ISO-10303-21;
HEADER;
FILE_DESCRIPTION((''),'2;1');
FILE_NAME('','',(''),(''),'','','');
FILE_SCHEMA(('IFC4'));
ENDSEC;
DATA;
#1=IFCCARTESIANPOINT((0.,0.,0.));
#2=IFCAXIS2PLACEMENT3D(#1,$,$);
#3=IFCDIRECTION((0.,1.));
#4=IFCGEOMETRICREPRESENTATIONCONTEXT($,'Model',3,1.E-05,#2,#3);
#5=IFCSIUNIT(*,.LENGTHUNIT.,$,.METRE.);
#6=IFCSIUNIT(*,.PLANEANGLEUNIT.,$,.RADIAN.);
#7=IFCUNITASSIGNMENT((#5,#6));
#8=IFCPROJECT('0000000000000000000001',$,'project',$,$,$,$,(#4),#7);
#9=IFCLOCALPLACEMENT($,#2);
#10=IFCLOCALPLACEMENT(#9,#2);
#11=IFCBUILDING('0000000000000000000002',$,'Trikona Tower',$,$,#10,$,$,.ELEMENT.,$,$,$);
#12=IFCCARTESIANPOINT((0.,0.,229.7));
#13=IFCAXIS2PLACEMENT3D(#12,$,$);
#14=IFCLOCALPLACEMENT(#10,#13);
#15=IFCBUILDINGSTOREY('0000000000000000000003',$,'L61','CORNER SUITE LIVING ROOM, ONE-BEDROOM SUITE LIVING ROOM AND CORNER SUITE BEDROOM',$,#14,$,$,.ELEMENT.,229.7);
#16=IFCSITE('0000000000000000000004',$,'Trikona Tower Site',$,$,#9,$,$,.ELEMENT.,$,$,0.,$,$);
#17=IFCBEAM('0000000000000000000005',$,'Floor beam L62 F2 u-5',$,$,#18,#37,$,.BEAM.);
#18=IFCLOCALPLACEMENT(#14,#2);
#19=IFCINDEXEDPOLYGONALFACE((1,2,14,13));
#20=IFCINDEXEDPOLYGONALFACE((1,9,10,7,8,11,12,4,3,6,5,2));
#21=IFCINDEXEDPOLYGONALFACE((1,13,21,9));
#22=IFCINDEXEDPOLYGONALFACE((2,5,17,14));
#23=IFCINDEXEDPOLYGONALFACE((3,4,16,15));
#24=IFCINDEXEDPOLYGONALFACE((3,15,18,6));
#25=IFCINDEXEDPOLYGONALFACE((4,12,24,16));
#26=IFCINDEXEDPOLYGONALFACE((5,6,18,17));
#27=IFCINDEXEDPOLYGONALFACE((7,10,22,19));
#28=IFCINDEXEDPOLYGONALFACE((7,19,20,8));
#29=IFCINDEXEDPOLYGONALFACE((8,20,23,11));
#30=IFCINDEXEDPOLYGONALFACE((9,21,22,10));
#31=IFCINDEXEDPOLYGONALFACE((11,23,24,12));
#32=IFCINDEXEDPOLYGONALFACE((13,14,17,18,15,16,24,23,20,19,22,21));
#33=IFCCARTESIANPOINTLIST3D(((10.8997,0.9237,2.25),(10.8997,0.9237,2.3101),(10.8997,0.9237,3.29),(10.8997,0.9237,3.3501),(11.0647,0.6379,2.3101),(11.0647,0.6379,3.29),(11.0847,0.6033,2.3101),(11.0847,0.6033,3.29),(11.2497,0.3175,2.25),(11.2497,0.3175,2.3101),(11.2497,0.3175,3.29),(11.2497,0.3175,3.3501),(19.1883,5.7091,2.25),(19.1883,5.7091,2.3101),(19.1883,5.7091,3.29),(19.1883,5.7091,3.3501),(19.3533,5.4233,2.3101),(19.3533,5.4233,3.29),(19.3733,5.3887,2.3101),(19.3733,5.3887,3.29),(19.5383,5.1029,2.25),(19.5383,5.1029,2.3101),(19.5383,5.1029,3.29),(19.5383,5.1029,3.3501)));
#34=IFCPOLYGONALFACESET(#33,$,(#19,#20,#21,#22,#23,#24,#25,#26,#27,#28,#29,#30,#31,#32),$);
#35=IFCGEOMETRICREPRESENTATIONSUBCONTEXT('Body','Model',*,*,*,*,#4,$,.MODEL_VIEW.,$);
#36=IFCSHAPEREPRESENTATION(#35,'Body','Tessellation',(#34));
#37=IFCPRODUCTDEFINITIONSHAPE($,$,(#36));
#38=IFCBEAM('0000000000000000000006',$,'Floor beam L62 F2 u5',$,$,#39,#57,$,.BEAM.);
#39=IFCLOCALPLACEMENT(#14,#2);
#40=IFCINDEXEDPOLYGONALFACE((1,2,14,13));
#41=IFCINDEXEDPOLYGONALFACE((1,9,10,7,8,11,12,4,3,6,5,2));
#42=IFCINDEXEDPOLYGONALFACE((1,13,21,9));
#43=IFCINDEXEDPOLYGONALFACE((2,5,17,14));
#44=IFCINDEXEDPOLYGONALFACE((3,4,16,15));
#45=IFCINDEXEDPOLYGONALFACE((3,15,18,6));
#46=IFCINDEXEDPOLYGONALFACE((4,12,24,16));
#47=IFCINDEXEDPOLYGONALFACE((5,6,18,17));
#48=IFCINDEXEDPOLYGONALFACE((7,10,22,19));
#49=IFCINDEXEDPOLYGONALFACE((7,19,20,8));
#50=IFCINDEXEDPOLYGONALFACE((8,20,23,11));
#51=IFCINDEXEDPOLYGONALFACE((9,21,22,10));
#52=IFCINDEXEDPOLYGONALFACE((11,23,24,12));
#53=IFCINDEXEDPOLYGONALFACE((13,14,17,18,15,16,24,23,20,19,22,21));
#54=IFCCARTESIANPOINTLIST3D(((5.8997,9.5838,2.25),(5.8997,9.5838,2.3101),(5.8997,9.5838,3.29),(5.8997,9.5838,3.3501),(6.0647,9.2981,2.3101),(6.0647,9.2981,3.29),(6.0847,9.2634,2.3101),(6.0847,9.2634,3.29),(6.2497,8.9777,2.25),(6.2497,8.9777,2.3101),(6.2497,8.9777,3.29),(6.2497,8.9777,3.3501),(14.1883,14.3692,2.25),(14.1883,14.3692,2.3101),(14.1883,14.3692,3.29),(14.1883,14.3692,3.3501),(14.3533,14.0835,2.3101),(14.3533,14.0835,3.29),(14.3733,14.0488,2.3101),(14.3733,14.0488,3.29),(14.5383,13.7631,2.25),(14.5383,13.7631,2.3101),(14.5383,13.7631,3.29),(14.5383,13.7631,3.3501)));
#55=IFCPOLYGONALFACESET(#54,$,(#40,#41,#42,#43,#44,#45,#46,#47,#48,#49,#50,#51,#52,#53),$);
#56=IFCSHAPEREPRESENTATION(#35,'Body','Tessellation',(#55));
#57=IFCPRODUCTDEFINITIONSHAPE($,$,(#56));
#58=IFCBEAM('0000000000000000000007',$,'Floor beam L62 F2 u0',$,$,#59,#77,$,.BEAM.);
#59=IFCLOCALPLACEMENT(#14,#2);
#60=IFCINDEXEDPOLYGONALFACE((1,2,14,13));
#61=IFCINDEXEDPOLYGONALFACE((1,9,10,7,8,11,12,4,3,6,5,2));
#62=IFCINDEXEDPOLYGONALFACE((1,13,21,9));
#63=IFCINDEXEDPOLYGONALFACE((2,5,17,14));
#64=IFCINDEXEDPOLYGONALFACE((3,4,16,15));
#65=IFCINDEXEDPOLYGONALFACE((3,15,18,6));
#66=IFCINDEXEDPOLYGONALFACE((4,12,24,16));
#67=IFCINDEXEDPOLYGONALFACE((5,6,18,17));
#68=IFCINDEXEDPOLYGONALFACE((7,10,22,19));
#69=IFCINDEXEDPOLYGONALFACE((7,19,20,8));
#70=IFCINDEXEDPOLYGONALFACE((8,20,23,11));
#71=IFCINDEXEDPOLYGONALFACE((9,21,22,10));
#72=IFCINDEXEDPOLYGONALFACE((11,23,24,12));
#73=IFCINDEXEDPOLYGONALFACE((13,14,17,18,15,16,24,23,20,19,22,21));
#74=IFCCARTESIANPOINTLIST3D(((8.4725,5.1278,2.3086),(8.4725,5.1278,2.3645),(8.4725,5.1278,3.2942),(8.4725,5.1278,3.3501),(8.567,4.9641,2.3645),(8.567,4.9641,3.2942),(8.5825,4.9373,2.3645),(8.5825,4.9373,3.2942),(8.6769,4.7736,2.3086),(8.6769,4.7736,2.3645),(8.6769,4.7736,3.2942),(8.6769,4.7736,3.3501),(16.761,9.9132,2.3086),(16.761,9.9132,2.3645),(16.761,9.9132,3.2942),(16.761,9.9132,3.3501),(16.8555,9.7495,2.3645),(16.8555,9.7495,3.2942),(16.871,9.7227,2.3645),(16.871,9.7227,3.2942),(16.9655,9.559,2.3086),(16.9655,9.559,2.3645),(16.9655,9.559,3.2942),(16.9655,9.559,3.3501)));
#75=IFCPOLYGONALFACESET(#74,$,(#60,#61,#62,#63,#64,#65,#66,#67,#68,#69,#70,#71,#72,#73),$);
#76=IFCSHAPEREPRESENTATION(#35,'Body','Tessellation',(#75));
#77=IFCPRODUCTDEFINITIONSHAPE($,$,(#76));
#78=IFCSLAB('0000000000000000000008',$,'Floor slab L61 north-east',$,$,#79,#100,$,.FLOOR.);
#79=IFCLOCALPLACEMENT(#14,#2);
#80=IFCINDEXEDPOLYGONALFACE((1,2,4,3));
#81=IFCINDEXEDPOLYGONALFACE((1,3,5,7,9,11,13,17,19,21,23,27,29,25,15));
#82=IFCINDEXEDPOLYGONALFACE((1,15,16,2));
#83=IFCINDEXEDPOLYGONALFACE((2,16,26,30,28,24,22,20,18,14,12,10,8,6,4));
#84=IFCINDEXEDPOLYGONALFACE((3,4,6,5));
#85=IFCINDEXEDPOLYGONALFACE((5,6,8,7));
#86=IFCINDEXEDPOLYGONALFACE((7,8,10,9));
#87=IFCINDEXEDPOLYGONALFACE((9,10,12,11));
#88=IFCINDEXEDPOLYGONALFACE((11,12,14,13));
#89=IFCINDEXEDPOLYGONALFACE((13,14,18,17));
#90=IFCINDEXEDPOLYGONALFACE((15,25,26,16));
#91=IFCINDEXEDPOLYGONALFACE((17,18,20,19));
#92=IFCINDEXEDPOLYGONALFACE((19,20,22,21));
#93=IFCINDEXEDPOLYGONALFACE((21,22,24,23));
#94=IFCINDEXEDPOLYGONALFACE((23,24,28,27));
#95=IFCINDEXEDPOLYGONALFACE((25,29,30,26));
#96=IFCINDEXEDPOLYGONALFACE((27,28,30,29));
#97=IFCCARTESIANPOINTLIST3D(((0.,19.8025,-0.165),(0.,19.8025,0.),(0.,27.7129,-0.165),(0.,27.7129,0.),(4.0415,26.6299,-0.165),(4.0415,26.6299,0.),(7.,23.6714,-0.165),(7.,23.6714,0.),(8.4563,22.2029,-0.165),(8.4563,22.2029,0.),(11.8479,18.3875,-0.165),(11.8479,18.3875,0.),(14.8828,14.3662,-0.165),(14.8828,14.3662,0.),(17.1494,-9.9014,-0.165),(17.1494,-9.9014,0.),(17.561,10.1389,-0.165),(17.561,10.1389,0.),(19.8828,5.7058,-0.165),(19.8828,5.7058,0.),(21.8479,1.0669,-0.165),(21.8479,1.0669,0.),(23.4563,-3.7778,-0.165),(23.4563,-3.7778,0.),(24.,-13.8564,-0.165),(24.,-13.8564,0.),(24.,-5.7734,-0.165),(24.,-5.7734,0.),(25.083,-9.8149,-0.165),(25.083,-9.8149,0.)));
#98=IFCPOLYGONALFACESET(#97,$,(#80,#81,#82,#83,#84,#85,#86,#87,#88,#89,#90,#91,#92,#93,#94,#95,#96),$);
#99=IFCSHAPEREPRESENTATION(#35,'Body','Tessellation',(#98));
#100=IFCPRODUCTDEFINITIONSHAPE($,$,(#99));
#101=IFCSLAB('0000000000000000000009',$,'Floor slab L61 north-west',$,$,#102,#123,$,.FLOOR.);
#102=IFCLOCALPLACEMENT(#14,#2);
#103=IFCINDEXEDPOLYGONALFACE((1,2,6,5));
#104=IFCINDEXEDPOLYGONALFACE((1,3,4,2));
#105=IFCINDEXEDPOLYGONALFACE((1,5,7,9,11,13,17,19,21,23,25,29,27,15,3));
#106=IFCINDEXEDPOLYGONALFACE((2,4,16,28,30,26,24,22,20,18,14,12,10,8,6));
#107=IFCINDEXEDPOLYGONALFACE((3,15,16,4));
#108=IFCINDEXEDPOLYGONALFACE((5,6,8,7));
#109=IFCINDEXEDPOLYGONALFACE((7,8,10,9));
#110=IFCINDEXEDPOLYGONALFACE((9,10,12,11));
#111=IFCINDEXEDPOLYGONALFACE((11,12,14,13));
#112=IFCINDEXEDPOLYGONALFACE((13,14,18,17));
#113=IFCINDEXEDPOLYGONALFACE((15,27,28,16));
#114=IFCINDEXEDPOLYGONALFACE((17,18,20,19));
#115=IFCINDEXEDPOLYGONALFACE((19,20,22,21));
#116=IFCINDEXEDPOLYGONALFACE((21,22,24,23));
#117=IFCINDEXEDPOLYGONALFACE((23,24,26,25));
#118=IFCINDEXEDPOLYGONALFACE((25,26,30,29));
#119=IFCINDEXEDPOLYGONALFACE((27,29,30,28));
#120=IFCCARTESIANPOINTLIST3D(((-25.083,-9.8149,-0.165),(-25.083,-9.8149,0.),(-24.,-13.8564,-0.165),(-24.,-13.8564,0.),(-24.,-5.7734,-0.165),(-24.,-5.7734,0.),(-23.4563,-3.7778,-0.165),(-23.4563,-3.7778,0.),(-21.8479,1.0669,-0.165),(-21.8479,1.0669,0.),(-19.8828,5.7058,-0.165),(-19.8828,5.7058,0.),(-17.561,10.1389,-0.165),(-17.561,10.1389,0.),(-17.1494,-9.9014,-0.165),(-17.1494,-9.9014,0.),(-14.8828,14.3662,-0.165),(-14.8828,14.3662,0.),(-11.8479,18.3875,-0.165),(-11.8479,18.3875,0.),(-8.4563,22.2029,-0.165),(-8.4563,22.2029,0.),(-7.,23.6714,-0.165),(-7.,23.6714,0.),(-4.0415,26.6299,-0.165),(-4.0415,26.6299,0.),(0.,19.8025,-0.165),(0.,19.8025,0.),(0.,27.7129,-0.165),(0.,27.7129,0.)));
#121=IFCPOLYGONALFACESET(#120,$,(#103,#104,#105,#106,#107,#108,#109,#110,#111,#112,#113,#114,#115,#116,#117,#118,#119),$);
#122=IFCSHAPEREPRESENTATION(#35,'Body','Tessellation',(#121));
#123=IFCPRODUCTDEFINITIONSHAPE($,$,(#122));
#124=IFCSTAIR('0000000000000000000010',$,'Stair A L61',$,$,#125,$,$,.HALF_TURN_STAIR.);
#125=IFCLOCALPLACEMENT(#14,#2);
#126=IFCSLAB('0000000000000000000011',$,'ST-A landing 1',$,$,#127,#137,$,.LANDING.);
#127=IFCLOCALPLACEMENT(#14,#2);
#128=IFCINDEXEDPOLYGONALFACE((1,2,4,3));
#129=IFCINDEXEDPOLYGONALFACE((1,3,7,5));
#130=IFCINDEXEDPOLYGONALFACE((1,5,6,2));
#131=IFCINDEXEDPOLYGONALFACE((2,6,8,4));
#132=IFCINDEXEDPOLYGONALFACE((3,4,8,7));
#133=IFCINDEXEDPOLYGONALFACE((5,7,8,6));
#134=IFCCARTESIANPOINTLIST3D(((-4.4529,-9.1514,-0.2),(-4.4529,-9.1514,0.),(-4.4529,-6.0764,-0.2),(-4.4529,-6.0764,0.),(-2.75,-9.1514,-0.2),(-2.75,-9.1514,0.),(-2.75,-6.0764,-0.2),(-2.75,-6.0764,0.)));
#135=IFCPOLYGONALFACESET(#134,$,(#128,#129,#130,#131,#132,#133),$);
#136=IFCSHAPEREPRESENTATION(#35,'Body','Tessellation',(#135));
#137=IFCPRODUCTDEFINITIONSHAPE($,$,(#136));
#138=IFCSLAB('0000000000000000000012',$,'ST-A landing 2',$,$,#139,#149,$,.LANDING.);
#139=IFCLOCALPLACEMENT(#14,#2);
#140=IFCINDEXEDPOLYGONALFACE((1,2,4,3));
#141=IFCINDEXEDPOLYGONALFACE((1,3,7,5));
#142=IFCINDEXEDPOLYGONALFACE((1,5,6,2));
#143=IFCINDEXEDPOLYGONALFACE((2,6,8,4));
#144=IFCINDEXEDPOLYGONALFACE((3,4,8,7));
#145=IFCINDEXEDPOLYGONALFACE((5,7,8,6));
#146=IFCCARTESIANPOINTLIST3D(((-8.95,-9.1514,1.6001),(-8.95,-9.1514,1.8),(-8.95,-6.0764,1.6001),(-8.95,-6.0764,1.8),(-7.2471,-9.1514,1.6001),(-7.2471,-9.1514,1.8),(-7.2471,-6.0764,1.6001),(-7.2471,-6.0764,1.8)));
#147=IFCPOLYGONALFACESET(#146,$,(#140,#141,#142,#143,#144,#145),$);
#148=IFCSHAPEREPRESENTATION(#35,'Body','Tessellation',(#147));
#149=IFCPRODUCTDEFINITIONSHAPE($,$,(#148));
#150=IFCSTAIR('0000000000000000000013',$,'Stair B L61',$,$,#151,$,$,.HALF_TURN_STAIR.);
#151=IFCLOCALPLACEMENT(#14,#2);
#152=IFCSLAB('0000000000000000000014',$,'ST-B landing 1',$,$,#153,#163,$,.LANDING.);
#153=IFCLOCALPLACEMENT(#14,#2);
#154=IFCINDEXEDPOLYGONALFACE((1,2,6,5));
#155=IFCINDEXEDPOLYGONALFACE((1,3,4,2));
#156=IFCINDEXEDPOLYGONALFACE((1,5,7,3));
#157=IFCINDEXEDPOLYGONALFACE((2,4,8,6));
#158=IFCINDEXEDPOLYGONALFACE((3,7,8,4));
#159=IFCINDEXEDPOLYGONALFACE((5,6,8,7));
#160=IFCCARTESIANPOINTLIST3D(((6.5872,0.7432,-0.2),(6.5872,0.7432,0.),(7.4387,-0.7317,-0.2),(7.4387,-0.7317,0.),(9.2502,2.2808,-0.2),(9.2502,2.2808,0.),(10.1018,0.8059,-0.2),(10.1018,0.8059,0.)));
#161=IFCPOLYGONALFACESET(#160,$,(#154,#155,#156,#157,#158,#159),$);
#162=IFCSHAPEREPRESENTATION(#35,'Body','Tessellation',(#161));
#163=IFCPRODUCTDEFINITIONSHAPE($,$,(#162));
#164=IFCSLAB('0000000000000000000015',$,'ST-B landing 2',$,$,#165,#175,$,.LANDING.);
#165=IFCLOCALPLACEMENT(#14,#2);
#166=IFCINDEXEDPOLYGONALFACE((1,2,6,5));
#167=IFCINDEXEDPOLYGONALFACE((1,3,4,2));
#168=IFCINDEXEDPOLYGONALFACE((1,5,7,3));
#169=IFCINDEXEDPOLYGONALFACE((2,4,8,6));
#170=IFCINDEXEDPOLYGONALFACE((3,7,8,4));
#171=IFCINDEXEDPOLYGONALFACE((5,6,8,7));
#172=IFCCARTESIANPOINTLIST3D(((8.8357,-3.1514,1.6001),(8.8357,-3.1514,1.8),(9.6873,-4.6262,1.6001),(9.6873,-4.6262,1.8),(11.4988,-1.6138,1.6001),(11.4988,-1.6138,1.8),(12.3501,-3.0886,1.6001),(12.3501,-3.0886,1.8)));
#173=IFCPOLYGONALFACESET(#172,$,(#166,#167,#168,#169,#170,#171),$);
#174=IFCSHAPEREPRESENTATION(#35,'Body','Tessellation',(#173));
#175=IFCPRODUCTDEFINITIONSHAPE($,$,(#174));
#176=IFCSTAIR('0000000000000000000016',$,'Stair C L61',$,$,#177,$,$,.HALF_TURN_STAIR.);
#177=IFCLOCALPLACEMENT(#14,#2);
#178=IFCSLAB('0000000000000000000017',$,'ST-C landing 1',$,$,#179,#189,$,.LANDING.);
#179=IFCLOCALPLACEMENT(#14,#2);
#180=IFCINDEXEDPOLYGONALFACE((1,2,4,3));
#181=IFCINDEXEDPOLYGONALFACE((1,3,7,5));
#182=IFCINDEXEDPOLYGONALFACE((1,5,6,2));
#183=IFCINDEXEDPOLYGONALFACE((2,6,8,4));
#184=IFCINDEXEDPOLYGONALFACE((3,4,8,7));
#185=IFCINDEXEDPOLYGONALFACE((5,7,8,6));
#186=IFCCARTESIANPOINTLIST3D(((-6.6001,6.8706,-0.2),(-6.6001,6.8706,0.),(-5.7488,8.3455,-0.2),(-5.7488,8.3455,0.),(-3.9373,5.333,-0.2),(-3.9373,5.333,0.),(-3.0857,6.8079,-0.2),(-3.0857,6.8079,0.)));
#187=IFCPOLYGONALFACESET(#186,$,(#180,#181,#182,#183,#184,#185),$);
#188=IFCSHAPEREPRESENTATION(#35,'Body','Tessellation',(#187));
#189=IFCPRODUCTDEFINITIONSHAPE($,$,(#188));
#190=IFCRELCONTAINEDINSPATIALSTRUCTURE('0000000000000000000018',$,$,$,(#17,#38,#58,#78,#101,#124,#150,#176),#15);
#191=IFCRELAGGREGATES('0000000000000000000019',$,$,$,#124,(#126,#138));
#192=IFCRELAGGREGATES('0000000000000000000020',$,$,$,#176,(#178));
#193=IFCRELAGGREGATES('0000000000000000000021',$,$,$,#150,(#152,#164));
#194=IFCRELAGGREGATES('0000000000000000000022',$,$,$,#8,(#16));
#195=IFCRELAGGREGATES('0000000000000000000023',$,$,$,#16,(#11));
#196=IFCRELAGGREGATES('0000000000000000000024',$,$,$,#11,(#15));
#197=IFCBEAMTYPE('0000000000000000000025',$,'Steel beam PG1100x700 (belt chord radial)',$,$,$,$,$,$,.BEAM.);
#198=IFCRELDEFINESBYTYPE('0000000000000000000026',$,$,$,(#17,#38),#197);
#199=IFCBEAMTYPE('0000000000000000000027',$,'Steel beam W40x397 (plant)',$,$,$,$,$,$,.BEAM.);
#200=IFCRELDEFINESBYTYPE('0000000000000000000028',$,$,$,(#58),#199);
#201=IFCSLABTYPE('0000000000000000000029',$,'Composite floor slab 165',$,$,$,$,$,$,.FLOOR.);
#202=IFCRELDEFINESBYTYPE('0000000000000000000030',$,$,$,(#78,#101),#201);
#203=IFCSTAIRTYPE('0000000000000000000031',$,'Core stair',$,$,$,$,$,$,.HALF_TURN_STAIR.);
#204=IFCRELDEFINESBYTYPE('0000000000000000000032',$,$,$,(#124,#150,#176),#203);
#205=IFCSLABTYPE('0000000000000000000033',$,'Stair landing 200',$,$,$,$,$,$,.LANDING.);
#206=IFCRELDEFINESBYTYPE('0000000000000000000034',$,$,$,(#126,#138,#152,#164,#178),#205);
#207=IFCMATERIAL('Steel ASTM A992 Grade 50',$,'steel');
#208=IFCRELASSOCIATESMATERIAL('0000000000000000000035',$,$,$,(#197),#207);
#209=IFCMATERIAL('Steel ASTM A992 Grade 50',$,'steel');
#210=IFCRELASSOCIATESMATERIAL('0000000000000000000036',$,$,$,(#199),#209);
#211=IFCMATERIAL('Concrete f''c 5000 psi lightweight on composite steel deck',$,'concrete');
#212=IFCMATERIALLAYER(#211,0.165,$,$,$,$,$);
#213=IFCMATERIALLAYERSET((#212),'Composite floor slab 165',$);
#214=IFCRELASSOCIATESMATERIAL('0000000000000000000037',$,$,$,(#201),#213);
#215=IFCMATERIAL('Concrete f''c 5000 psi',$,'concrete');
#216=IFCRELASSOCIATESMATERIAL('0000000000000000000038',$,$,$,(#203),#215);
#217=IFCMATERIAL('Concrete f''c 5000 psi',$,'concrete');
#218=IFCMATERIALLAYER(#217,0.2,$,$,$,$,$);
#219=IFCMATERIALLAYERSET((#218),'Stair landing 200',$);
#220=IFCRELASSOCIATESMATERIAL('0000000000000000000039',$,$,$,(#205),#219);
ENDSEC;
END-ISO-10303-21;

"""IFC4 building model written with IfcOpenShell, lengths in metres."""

from ifc_helpers import new_model, si_unit, direction, frame, origin, origin_2d, place, context, subcontext, project, spatial, polyline, i_section, outline, extrude, material, layer, layer_set, material_profile, profile_set, type_object, element, aggregate, save


model = new_model("IFC4")

# Units and contexts
model_context = context("Model", 3, precision=1e-05, world=origin(), true_north=direction((0.0, 1.0)))
body_context = subcontext(model_context, "Body", "Model", "MODEL_VIEW")
ifc_project = project(units=[si_unit("LENGTHUNIT", "METRE"), si_unit("PLANEANGLEUNIT", "RADIAN")], contexts=[model_context])

# Site, building, storey
site_placement = place(None, origin())
site = spatial("IfcSite", under=ifc_project, at=site_placement, Name="Trikona Tower Site", CompositionType="ELEMENT", RefElevation=0.0)
building_placement = place(site_placement, origin())
building = spatial("IfcBuilding", under=site, at=building_placement, Name="Trikona Tower", CompositionType="ELEMENT")
storey_placement = place(building_placement, frame((0.0, 0.0, 229.7)))
storey = spatial("IfcBuildingStorey", under=building, at=storey_placement, Name="L61", Description="CORNER SUITE LIVING ROOM, ONE-BEDROOM SUITE LIVING ROOM AND CORNER SUITE BEDROOM", CompositionType="ELEMENT", Elevation=229.7)

# Beams
ifc_material_1 = material(Name="Steel ASTM A992 Grade 50", Category="steel")
ifc_material_profile_1 = material_profile(ifc_material_1, i_section(OverallWidth=0.7, OverallDepth=1.1001, WebThickness=0.04, FlangeThickness=0.0601, at=origin_2d()), Name="PG1100X700")
ifc_profile_set_1 = profile_set([ifc_material_profile_1], Name="Steel ASTM A992 Grade 50")
beam_type_1 = type_object("IfcBeamType", Name="Steel beam PG1100x700 (belt chord radial)", PredefinedType="BEAM", material=ifc_profile_set_1)
for number, where, z_axis, x_axis, name in (
    (1, (11.0747, 0.6206, 2.8), (0.866026, 0.499999, 0.0), (-0.499999, 0.866026, 0.0), "Floor beam L62 F2 u-5"),
    (2, (6.0747, 9.2808, 2.8), (0.866026, 0.499999, 0.0), (-0.499999, 0.866026, 0.0), "Floor beam L62 F2 u5"),
):
    element("IfcBeam", number, at=place(storey_placement, frame(where, z_axis=z_axis, x_axis=x_axis)), inside=storey, type_object=beam_type_1, Name=name, PredefinedType="BEAM", context=body_context, shape_type="SweptSolid", body=[
        extrude(i_section(OverallWidth=0.7, OverallDepth=1.1001, WebThickness=0.04, FlangeThickness=0.0601, at=origin_2d()), origin(), (0.0, 0.0, 1.0), 9.5708),
    ])
ifc_material_2 = material(Name="Steel ASTM A992 Grade 50", Category="steel")
ifc_material_profile_2 = material_profile(ifc_material_2, i_section(OverallWidth=0.4089, OverallDepth=1.0415, WebThickness=0.031, FlangeThickness=0.0559, at=origin_2d()), Name="W40X397")
ifc_profile_set_2 = profile_set([ifc_material_profile_2], Name="Steel ASTM A992 Grade 50")
beam_type_2 = type_object("IfcBeamType", Name="Steel beam W40x397 (plant)", PredefinedType="BEAM", material=ifc_profile_set_2)
beam_placement = place(storey_placement, frame((8.5747, 4.9507, 2.8293), z_axis=(0.866026, 0.499999, 0.0), x_axis=(-0.499999, 0.866026, 0.0)))
element("IfcBeam", 3, at=beam_placement, inside=storey, type_object=beam_type_2, Name="Floor beam L62 F2 u0", PredefinedType="BEAM", context=body_context, shape_type="SweptSolid", body=[
    extrude(i_section(OverallWidth=0.4089, OverallDepth=1.0415, WebThickness=0.031, FlangeThickness=0.0559, at=origin_2d()), origin(), (0.0, 0.0, 1.0), 9.5708),
])

# Slabs
ifc_material_3 = material(Name="Concrete f'c 5000 psi lightweight on composite steel deck", Category="concrete")
ifc_layer_1 = layer(ifc_material_3, 0.165)
ifc_layer_set_1 = layer_set([ifc_layer_1], Name="Composite floor slab 165")
slab_type_1 = type_object("IfcSlabType", Name="Composite floor slab 165", PredefinedType="FLOOR", material=ifc_layer_set_1)
slab_1_placement = place(storey_placement, frame((0.0, 0.0, -0.165)))
element("IfcSlab", 4, at=slab_1_placement, inside=storey, type_object=slab_type_1, Name="Floor slab L61 north-east", PredefinedType="FLOOR", context=body_context, shape_type="SweptSolid", body=[
    extrude(outline(polyline([(4.0415, 26.6299), (0.0, 27.7129), (0.0, 19.8025), (17.1494, -9.9014), (24.0, -13.8564), (25.083, -9.8149), (24.0, -5.7734), (23.4563, -3.7778), (21.8479, 1.0669), (19.8828, 5.7058), (17.561, 10.1389), (14.8828, 14.3662), (11.8479, 18.3875), (8.4563, 22.2029), (7.0, 23.6714), (4.0415, 26.6299)])), origin(), (0.0, 0.0, 1.0), 0.165),
])
slab_2_placement = place(storey_placement, frame((0.0, 0.0, -0.165)))
element("IfcSlab", 5, at=slab_2_placement, inside=storey, type_object=slab_type_1, Name="Floor slab L61 north-west", PredefinedType="FLOOR", context=body_context, shape_type="SweptSolid", body=[
    extrude(outline(polyline([(-7.0, 23.6714), (-8.4563, 22.2029), (-11.8479, 18.3875), (-14.8828, 14.3662), (-17.561, 10.1389), (-19.8828, 5.7058), (-21.8479, 1.0669), (-23.4563, -3.7778), (-24.0, -5.7734), (-25.083, -9.8149), (-24.0, -13.8564), (-17.1494, -9.9014), (0.0, 19.8025), (0.0, 27.7129), (-4.0415, 26.6299), (-7.0, 23.6714)])), origin(), (0.0, 0.0, 1.0), 0.165),
])

# Stairs, slabs
ifc_material_4 = material(Name="Concrete f'c 5000 psi", Category="concrete")
stair_type = type_object("IfcStairType", Name="Core stair", PredefinedType="HALF_TURN_STAIR", material=ifc_material_4)
stair_1_placement = place(storey_placement, origin())
stair_1 = element("IfcStair", 6, at=stair_1_placement, inside=storey, type_object=stair_type, Name="Stair A L61", PredefinedType="HALF_TURN_STAIR")
ifc_material_5 = material(Name="Concrete f'c 5000 psi", Category="concrete")
ifc_layer_2 = layer(ifc_material_5, 0.2)
ifc_layer_set_2 = layer_set([ifc_layer_2], Name="Stair landing 200")
slab_type_2 = type_object("IfcSlabType", Name="Stair landing 200", PredefinedType="LANDING", material=ifc_layer_set_2)
slab_3_placement = place(storey_placement, frame((0.0, 0.0, -0.2)))
slab_3 = element("IfcSlab", 7, at=slab_3_placement, type_object=slab_type_2, Name="ST-A landing 1", PredefinedType="LANDING", context=body_context, shape_type="SweptSolid", body=[
    extrude(outline(polyline([(-4.4529, -6.0764), (-2.75, -6.0764), (-2.75, -9.1514), (-4.4529, -9.1514), (-4.4529, -6.0764)])), origin(), (0.0, 0.0, 1.0), 0.2),
])
slab_4_placement = place(storey_placement, frame((0.0, 0.0, 1.6001)))
slab_4 = element("IfcSlab", 8, at=slab_4_placement, type_object=slab_type_2, Name="ST-A landing 2", PredefinedType="LANDING", context=body_context, shape_type="SweptSolid", body=[
    extrude(outline(polyline([(-8.95, -6.0764), (-7.2471, -6.0764), (-7.2471, -9.1514), (-8.95, -9.1514), (-8.95, -6.0764)])), origin(), (0.0, 0.0, 1.0), 0.2),
])
aggregate(stair_1, [slab_3, slab_4])
stair_2_placement = place(storey_placement, origin())
stair_2 = element("IfcStair", 9, at=stair_2_placement, inside=storey, type_object=stair_type, Name="Stair B L61", PredefinedType="HALF_TURN_STAIR")
slab_5_placement = place(storey_placement, frame((0.0, 0.0, -0.2)))
slab_5 = element("IfcSlab", 10, at=slab_5_placement, type_object=slab_type_2, Name="ST-B landing 1", PredefinedType="LANDING", context=body_context, shape_type="SweptSolid", body=[
    extrude(outline(polyline([(7.4387, -0.7317), (6.5872, 0.7432), (9.2502, 2.2808), (10.1018, 0.8059), (7.4387, -0.7317)])), origin(), (0.0, 0.0, 1.0), 0.2),
])
slab_6_placement = place(storey_placement, frame((0.0, 0.0, 1.6001)))
slab_6 = element("IfcSlab", 11, at=slab_6_placement, type_object=slab_type_2, Name="ST-B landing 2", PredefinedType="LANDING", context=body_context, shape_type="SweptSolid", body=[
    extrude(outline(polyline([(9.6873, -4.6262), (8.8357, -3.1514), (11.4988, -1.6138), (12.3501, -3.0886), (9.6873, -4.6262)])), origin(), (0.0, 0.0, 1.0), 0.2),
])
stair_3_placement = place(storey_placement, origin())
stair_3 = element("IfcStair", 12, at=stair_3_placement, inside=storey, type_object=stair_type, Name="Stair C L61", PredefinedType="HALF_TURN_STAIR")
slab_7_placement = place(storey_placement, frame((0.0, 0.0, -0.2)))
slab_7 = element("IfcSlab", 13, at=slab_7_placement, type_object=slab_type_2, Name="ST-C landing 1", PredefinedType="LANDING", context=body_context, shape_type="SweptSolid", body=[
    extrude(outline(polyline([(-3.0857, 6.8079), (-3.9373, 5.333), (-6.6001, 6.8706), (-5.7488, 8.3455), (-3.0857, 6.8079)])), origin(), (0.0, 0.0, 1.0), 0.2),
])
aggregate(stair_3, [slab_7])

aggregate(stair_2, [slab_5, slab_6])

save(model, "model.ifc")
